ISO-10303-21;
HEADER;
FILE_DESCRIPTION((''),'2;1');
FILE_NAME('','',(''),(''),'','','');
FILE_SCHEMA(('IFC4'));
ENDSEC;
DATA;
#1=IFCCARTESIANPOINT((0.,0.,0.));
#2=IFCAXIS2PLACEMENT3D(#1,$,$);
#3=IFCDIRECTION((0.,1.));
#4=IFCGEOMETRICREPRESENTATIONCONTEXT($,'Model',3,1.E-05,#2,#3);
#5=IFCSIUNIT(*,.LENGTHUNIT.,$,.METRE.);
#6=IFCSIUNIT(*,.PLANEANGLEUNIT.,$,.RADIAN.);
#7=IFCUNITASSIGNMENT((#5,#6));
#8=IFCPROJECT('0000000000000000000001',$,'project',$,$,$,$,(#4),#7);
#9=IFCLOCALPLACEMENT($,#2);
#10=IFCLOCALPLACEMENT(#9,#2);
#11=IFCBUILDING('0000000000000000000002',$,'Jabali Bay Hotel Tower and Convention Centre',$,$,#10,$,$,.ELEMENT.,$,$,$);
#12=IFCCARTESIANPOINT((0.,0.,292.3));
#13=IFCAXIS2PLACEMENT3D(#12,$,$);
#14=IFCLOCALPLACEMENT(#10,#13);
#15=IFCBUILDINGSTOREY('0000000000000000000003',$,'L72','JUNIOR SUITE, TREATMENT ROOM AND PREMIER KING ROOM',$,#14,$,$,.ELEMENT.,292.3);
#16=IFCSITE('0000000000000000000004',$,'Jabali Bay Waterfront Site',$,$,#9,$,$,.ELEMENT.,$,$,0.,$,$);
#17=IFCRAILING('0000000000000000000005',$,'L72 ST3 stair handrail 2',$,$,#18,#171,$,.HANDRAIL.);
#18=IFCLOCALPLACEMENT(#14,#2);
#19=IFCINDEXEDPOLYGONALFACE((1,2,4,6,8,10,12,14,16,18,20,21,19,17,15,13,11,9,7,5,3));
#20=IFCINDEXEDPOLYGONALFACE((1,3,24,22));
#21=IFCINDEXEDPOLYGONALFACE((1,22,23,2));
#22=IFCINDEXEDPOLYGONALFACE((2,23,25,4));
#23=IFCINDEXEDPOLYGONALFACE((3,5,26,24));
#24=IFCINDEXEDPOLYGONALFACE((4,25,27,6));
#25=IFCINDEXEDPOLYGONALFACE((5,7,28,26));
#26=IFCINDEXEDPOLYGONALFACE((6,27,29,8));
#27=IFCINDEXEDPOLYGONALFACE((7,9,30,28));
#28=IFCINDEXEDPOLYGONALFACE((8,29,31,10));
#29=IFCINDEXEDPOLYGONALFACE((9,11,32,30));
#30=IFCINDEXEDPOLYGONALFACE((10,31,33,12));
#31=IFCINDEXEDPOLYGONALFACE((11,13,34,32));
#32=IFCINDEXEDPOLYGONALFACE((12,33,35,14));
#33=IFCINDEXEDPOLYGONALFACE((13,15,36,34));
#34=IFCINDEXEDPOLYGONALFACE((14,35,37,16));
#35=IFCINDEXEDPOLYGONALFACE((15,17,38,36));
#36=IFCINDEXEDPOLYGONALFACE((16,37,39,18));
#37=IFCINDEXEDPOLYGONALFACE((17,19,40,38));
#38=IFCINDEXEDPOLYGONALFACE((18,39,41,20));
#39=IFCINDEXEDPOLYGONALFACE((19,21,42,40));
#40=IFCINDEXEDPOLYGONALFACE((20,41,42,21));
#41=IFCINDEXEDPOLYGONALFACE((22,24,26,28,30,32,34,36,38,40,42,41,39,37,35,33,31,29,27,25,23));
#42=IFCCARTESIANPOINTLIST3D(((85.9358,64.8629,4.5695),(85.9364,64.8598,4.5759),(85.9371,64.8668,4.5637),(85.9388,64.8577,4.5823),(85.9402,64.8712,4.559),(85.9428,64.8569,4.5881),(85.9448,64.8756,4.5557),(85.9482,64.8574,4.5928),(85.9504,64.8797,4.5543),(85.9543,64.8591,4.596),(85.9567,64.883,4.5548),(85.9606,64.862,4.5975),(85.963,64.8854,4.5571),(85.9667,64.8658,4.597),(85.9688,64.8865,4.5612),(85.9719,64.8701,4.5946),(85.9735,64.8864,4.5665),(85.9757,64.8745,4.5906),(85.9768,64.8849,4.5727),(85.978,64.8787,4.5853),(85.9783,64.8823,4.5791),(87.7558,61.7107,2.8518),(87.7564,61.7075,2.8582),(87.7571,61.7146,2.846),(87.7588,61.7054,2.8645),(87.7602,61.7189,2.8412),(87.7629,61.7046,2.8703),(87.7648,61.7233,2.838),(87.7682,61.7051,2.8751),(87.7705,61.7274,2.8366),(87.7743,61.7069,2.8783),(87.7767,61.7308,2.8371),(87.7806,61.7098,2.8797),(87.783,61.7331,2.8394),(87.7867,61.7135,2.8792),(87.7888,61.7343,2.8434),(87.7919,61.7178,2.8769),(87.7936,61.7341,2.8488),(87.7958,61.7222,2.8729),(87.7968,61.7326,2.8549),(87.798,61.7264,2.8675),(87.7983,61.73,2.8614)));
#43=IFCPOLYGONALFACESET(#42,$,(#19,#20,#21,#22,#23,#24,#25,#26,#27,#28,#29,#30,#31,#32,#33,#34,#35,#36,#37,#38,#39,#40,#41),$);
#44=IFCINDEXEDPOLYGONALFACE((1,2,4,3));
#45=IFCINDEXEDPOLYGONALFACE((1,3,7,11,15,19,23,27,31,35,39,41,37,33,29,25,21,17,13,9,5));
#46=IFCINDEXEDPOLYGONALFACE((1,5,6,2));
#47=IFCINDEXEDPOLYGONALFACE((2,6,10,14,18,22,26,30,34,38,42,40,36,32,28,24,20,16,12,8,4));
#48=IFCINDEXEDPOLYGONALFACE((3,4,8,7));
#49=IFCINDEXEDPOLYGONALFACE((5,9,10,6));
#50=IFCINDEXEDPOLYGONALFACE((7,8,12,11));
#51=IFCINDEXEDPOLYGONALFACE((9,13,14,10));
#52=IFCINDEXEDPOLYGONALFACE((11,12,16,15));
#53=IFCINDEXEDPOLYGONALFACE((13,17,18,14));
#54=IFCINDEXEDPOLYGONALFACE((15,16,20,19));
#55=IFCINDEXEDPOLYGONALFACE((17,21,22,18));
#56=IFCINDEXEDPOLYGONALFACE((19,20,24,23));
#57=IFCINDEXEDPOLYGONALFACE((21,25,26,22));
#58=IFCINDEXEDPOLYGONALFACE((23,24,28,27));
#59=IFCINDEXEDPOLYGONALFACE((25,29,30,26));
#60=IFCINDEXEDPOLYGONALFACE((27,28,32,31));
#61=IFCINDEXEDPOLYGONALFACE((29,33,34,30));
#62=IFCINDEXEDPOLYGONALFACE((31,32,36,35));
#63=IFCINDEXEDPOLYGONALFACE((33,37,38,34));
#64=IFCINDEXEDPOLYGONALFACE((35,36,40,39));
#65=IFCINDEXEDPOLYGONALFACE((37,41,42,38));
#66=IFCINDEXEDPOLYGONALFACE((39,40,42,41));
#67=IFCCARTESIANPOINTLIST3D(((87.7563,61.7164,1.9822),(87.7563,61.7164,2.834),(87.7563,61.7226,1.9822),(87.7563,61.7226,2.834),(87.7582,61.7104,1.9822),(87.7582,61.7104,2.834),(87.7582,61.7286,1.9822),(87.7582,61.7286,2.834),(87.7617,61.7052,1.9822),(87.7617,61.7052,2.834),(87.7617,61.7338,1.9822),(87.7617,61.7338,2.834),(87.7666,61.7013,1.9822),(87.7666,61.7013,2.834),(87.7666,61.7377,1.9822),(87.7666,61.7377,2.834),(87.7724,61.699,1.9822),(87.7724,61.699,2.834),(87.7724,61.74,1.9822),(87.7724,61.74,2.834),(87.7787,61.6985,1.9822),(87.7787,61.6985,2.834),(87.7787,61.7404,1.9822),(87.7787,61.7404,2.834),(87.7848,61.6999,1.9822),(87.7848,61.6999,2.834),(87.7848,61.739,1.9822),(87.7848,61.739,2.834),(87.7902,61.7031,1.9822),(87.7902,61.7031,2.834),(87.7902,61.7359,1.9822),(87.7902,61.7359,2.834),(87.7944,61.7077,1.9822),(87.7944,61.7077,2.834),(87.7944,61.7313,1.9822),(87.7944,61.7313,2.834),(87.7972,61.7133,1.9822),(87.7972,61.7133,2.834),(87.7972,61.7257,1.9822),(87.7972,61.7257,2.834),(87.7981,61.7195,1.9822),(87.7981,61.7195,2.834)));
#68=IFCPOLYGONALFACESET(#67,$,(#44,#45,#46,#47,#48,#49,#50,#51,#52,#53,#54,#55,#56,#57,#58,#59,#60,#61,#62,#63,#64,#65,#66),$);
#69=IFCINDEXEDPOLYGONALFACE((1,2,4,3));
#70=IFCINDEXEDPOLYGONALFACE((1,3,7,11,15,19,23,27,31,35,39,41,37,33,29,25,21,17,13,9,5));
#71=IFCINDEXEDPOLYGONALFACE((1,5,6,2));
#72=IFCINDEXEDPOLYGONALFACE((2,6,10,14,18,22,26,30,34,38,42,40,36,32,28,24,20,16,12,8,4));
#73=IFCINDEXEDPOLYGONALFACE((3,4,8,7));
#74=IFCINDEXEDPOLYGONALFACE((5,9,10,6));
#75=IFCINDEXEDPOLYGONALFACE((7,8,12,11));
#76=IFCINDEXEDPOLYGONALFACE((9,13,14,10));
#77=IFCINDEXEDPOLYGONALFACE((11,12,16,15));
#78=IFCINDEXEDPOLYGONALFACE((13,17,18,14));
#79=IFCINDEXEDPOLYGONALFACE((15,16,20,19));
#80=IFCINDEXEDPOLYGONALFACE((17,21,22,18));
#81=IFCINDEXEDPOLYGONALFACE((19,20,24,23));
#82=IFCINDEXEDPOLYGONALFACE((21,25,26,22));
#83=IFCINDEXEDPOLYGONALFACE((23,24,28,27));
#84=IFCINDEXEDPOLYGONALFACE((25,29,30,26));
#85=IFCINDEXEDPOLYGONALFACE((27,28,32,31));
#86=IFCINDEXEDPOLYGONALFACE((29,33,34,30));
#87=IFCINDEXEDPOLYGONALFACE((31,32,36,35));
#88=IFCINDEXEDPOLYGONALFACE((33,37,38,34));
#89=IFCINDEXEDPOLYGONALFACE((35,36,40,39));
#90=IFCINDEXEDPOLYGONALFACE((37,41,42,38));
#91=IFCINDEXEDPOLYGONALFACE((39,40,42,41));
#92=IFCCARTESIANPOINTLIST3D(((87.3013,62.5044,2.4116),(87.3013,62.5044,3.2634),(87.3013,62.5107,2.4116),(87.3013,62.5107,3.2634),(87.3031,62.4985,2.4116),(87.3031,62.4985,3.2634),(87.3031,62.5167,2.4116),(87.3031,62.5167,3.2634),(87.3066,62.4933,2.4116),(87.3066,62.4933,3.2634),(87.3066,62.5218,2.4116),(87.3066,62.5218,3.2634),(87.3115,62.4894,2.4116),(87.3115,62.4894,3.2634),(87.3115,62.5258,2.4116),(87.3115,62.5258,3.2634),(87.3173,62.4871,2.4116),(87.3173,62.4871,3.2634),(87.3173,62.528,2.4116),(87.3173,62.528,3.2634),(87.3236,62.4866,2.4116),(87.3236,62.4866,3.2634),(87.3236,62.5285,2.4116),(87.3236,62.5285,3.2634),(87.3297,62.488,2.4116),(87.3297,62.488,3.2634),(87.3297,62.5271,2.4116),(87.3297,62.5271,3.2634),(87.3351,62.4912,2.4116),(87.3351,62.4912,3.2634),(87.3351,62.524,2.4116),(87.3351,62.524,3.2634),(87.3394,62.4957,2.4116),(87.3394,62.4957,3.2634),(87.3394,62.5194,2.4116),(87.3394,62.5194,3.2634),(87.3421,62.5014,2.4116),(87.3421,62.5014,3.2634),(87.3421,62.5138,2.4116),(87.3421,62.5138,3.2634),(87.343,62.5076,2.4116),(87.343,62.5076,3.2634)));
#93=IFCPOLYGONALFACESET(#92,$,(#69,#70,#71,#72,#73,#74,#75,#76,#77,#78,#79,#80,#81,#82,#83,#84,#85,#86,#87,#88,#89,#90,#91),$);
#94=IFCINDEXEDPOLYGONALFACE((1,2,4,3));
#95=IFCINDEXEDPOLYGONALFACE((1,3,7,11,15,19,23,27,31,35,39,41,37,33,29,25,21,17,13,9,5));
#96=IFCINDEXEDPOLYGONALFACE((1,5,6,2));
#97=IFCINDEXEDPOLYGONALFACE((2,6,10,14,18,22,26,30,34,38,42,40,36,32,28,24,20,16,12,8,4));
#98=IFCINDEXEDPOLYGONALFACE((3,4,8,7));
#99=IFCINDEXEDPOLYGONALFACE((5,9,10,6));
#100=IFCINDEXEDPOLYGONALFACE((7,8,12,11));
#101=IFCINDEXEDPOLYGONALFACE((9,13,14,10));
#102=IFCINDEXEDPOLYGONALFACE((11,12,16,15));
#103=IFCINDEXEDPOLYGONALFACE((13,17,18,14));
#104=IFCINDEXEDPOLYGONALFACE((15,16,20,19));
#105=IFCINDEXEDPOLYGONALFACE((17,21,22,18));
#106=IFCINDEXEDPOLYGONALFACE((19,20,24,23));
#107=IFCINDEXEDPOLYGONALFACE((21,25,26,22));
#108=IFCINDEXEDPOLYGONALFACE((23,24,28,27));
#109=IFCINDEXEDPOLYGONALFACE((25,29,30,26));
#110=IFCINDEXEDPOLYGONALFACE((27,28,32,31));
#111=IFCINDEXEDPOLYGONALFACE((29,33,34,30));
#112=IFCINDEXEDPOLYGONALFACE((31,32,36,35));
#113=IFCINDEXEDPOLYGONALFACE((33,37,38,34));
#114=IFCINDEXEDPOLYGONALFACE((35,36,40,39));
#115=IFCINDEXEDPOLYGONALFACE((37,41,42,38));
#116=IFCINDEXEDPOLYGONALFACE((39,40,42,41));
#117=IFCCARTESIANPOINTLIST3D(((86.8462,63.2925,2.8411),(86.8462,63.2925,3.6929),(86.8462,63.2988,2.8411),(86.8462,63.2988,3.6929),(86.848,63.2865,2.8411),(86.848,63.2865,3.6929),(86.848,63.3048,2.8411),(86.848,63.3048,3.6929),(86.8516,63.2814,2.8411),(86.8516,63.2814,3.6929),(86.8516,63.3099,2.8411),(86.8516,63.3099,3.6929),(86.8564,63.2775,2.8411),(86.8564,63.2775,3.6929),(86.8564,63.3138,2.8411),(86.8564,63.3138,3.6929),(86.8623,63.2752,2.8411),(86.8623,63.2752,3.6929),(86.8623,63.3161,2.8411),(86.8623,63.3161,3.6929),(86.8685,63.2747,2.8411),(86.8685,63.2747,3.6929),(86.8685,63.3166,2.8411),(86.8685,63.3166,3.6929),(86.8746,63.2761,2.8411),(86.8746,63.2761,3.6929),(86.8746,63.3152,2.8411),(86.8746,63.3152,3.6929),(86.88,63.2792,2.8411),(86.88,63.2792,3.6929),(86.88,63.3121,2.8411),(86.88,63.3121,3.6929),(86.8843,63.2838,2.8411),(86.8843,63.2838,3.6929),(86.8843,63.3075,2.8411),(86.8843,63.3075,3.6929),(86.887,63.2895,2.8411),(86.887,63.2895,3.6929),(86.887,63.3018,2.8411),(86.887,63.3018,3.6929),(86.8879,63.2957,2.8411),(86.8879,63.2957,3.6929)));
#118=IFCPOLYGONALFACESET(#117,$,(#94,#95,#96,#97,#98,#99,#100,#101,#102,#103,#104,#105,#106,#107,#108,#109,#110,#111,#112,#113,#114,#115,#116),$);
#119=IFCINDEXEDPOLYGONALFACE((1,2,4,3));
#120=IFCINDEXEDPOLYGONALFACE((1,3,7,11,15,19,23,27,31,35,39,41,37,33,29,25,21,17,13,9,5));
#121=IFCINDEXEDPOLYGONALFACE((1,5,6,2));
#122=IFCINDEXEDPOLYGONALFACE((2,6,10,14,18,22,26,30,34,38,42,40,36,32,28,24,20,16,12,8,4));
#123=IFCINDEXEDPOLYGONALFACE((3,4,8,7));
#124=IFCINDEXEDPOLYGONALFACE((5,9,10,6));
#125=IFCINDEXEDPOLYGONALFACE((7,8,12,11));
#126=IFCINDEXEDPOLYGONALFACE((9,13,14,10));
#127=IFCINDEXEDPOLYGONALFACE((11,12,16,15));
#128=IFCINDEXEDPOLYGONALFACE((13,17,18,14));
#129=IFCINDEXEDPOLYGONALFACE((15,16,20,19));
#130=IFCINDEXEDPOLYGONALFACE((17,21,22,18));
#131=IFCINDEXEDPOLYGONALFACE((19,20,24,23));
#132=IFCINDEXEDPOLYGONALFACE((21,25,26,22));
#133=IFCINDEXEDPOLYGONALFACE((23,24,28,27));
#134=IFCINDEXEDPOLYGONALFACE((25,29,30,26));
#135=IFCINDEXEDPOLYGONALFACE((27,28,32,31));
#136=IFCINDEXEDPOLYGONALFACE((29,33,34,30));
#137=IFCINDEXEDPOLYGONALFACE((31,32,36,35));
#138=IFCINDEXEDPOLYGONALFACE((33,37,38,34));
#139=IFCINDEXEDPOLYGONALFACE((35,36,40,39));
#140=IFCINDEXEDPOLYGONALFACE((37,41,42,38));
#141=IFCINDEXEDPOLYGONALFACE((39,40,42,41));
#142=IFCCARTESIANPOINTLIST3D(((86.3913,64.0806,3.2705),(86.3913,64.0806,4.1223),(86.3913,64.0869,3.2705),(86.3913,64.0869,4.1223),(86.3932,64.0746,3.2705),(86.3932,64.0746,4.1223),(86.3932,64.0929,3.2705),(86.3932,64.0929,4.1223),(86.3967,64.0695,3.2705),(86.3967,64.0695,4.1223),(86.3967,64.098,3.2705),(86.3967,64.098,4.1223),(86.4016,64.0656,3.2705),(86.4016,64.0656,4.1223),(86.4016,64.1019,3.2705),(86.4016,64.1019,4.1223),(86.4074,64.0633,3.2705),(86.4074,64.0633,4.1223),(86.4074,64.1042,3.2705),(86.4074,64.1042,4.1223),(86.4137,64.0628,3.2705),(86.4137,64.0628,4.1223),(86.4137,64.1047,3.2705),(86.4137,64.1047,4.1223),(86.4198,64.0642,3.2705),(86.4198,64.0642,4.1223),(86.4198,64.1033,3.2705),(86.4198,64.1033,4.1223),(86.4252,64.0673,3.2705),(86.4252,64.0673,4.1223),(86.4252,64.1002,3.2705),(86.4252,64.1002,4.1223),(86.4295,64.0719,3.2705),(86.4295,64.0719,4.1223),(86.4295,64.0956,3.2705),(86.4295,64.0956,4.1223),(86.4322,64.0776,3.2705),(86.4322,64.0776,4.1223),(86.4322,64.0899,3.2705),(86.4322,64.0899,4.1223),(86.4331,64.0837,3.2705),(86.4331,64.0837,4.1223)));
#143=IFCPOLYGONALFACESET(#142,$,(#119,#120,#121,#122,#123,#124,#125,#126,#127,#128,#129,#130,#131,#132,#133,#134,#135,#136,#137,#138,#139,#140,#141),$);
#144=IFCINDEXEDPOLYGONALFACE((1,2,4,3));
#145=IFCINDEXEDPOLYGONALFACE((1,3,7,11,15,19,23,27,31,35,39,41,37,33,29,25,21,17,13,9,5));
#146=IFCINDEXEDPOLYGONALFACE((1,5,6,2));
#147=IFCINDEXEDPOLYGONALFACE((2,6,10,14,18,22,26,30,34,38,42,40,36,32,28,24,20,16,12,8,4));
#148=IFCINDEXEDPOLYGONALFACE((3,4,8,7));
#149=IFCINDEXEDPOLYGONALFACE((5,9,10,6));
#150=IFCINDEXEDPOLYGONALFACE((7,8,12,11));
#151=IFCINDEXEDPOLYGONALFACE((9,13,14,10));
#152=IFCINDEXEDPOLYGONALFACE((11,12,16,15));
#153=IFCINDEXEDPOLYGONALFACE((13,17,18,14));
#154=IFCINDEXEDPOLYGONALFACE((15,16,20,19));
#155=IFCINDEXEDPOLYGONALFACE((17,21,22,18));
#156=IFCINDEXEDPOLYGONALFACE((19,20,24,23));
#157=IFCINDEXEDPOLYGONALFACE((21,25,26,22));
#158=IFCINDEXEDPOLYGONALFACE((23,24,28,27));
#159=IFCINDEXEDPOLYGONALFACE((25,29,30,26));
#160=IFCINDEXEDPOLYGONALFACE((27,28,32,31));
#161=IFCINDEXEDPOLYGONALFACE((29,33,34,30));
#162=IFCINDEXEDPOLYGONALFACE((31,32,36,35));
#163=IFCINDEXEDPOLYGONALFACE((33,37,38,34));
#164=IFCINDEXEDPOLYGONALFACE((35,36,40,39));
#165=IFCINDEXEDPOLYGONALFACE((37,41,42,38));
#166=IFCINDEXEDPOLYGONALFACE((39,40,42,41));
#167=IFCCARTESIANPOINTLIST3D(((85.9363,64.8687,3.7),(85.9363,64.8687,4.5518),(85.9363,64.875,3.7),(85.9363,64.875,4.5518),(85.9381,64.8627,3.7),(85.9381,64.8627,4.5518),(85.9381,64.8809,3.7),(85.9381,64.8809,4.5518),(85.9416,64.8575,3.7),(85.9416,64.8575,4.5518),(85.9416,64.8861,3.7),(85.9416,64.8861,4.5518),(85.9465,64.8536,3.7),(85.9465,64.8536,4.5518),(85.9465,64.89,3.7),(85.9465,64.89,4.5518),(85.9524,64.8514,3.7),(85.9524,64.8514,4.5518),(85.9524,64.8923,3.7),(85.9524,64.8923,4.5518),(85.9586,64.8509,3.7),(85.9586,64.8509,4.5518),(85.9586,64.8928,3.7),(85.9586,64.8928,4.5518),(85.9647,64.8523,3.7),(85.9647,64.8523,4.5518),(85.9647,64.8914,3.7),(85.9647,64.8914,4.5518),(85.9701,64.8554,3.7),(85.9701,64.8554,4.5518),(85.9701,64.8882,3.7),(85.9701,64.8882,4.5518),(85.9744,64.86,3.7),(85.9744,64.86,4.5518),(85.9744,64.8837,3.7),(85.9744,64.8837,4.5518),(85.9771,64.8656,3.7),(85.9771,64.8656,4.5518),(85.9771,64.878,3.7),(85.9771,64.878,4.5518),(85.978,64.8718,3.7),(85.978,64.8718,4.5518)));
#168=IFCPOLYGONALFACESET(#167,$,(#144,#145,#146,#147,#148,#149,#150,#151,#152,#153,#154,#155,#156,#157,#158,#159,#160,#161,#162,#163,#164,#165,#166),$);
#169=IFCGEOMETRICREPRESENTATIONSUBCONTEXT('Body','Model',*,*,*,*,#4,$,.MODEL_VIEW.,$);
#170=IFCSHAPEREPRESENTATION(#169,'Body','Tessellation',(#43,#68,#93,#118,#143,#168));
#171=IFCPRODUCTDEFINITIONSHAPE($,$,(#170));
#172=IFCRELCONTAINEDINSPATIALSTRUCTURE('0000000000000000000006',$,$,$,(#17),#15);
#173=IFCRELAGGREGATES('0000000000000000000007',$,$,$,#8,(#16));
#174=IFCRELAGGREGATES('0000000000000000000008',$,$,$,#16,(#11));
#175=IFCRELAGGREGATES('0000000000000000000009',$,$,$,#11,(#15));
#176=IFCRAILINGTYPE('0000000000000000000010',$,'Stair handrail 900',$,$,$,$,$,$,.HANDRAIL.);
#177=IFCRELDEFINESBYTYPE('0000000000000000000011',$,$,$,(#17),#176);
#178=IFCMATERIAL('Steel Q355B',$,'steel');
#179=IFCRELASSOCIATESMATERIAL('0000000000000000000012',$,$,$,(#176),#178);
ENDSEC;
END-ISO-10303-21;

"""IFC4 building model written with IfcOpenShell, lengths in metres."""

from ifc_helpers import new_model, si_unit, direction, frame, origin, origin_2d, place, context, subcontext, project, spatial, circle, extrude, material, type_object, element, save


model = new_model("IFC4")

# Units and contexts
model_context = context("Model", 3, precision=1e-05, world=origin(), true_north=direction((0.0, 1.0)))
body_context = subcontext(model_context, "Body", "Model", "MODEL_VIEW")
ifc_project = project(units=[si_unit("LENGTHUNIT", "METRE"), si_unit("PLANEANGLEUNIT", "RADIAN")], contexts=[model_context])

# Site, building, storey
site_placement = place(None, origin())
site = spatial("IfcSite", under=ifc_project, at=site_placement, Name="Jabali Bay Waterfront Site", CompositionType="ELEMENT", RefElevation=0.0)
building_placement = place(site_placement, origin())
building = spatial("IfcBuilding", under=site, at=building_placement, Name="Jabali Bay Hotel Tower and Convention Centre", CompositionType="ELEMENT")
storey_placement = place(building_placement, frame((0.0, 0.0, 292.3)))
storey = spatial("IfcBuildingStorey", under=building, at=storey_placement, Name="L72", Description="JUNIOR SUITE, TREATMENT ROOM AND PREMIER KING ROOM", CompositionType="ELEMENT", Elevation=292.3)

# Railing
ifc_material_1 = material(Name="Steel Q355B", Category="steel")
railing_type_1 = type_object("IfcRailingType", Name="Stair handrail 900", PredefinedType="HANDRAIL", material=ifc_material_1)
railing_1_placement = place(storey_placement, frame((87.7771, 61.7195, 1.9822)))
element("IfcRailing", 1, at=railing_1_placement, inside=storey, type_object=railing_type_1, Name="L72 ST3 stair handrail 2", PredefinedType="HANDRAIL", context=body_context, shape_type="SweptSolid", body=[
    extrude(circle(Radius=0.0239, at=origin_2d()), frame((0.0, 0.0, 0.876), z_axis=(-0.45219, 0.78319, 0.426775), x_axis=(-0.866018, -0.500013, 0.0)), (0.0, 0.0, 1.0), 4.0249),
    extrude(circle(Radius=0.021, at=origin_2d()), origin(), (0.0, 0.0, 1.0), 0.8518),
    extrude(circle(Radius=0.021, at=origin_2d()), frame((-0.4551, 0.7881, 0.4294)), (0.0, 0.0, 1.0), 0.8518),
    extrude(circle(Radius=0.021, at=origin_2d()), frame((-0.9102, 1.5762, 0.8589)), (0.0, 0.0, 1.0), 0.8518),
    extrude(circle(Radius=0.021, at=origin_2d()), frame((-1.365, 2.3643, 1.2883)), (0.0, 0.0, 1.0), 0.8518),
    extrude(circle(Radius=0.021, at=origin_2d()), frame((-1.8201, 3.1523, 1.7178)), (0.0, 0.0, 1.0), 0.8518),
])

save(model, "model.ifc")
